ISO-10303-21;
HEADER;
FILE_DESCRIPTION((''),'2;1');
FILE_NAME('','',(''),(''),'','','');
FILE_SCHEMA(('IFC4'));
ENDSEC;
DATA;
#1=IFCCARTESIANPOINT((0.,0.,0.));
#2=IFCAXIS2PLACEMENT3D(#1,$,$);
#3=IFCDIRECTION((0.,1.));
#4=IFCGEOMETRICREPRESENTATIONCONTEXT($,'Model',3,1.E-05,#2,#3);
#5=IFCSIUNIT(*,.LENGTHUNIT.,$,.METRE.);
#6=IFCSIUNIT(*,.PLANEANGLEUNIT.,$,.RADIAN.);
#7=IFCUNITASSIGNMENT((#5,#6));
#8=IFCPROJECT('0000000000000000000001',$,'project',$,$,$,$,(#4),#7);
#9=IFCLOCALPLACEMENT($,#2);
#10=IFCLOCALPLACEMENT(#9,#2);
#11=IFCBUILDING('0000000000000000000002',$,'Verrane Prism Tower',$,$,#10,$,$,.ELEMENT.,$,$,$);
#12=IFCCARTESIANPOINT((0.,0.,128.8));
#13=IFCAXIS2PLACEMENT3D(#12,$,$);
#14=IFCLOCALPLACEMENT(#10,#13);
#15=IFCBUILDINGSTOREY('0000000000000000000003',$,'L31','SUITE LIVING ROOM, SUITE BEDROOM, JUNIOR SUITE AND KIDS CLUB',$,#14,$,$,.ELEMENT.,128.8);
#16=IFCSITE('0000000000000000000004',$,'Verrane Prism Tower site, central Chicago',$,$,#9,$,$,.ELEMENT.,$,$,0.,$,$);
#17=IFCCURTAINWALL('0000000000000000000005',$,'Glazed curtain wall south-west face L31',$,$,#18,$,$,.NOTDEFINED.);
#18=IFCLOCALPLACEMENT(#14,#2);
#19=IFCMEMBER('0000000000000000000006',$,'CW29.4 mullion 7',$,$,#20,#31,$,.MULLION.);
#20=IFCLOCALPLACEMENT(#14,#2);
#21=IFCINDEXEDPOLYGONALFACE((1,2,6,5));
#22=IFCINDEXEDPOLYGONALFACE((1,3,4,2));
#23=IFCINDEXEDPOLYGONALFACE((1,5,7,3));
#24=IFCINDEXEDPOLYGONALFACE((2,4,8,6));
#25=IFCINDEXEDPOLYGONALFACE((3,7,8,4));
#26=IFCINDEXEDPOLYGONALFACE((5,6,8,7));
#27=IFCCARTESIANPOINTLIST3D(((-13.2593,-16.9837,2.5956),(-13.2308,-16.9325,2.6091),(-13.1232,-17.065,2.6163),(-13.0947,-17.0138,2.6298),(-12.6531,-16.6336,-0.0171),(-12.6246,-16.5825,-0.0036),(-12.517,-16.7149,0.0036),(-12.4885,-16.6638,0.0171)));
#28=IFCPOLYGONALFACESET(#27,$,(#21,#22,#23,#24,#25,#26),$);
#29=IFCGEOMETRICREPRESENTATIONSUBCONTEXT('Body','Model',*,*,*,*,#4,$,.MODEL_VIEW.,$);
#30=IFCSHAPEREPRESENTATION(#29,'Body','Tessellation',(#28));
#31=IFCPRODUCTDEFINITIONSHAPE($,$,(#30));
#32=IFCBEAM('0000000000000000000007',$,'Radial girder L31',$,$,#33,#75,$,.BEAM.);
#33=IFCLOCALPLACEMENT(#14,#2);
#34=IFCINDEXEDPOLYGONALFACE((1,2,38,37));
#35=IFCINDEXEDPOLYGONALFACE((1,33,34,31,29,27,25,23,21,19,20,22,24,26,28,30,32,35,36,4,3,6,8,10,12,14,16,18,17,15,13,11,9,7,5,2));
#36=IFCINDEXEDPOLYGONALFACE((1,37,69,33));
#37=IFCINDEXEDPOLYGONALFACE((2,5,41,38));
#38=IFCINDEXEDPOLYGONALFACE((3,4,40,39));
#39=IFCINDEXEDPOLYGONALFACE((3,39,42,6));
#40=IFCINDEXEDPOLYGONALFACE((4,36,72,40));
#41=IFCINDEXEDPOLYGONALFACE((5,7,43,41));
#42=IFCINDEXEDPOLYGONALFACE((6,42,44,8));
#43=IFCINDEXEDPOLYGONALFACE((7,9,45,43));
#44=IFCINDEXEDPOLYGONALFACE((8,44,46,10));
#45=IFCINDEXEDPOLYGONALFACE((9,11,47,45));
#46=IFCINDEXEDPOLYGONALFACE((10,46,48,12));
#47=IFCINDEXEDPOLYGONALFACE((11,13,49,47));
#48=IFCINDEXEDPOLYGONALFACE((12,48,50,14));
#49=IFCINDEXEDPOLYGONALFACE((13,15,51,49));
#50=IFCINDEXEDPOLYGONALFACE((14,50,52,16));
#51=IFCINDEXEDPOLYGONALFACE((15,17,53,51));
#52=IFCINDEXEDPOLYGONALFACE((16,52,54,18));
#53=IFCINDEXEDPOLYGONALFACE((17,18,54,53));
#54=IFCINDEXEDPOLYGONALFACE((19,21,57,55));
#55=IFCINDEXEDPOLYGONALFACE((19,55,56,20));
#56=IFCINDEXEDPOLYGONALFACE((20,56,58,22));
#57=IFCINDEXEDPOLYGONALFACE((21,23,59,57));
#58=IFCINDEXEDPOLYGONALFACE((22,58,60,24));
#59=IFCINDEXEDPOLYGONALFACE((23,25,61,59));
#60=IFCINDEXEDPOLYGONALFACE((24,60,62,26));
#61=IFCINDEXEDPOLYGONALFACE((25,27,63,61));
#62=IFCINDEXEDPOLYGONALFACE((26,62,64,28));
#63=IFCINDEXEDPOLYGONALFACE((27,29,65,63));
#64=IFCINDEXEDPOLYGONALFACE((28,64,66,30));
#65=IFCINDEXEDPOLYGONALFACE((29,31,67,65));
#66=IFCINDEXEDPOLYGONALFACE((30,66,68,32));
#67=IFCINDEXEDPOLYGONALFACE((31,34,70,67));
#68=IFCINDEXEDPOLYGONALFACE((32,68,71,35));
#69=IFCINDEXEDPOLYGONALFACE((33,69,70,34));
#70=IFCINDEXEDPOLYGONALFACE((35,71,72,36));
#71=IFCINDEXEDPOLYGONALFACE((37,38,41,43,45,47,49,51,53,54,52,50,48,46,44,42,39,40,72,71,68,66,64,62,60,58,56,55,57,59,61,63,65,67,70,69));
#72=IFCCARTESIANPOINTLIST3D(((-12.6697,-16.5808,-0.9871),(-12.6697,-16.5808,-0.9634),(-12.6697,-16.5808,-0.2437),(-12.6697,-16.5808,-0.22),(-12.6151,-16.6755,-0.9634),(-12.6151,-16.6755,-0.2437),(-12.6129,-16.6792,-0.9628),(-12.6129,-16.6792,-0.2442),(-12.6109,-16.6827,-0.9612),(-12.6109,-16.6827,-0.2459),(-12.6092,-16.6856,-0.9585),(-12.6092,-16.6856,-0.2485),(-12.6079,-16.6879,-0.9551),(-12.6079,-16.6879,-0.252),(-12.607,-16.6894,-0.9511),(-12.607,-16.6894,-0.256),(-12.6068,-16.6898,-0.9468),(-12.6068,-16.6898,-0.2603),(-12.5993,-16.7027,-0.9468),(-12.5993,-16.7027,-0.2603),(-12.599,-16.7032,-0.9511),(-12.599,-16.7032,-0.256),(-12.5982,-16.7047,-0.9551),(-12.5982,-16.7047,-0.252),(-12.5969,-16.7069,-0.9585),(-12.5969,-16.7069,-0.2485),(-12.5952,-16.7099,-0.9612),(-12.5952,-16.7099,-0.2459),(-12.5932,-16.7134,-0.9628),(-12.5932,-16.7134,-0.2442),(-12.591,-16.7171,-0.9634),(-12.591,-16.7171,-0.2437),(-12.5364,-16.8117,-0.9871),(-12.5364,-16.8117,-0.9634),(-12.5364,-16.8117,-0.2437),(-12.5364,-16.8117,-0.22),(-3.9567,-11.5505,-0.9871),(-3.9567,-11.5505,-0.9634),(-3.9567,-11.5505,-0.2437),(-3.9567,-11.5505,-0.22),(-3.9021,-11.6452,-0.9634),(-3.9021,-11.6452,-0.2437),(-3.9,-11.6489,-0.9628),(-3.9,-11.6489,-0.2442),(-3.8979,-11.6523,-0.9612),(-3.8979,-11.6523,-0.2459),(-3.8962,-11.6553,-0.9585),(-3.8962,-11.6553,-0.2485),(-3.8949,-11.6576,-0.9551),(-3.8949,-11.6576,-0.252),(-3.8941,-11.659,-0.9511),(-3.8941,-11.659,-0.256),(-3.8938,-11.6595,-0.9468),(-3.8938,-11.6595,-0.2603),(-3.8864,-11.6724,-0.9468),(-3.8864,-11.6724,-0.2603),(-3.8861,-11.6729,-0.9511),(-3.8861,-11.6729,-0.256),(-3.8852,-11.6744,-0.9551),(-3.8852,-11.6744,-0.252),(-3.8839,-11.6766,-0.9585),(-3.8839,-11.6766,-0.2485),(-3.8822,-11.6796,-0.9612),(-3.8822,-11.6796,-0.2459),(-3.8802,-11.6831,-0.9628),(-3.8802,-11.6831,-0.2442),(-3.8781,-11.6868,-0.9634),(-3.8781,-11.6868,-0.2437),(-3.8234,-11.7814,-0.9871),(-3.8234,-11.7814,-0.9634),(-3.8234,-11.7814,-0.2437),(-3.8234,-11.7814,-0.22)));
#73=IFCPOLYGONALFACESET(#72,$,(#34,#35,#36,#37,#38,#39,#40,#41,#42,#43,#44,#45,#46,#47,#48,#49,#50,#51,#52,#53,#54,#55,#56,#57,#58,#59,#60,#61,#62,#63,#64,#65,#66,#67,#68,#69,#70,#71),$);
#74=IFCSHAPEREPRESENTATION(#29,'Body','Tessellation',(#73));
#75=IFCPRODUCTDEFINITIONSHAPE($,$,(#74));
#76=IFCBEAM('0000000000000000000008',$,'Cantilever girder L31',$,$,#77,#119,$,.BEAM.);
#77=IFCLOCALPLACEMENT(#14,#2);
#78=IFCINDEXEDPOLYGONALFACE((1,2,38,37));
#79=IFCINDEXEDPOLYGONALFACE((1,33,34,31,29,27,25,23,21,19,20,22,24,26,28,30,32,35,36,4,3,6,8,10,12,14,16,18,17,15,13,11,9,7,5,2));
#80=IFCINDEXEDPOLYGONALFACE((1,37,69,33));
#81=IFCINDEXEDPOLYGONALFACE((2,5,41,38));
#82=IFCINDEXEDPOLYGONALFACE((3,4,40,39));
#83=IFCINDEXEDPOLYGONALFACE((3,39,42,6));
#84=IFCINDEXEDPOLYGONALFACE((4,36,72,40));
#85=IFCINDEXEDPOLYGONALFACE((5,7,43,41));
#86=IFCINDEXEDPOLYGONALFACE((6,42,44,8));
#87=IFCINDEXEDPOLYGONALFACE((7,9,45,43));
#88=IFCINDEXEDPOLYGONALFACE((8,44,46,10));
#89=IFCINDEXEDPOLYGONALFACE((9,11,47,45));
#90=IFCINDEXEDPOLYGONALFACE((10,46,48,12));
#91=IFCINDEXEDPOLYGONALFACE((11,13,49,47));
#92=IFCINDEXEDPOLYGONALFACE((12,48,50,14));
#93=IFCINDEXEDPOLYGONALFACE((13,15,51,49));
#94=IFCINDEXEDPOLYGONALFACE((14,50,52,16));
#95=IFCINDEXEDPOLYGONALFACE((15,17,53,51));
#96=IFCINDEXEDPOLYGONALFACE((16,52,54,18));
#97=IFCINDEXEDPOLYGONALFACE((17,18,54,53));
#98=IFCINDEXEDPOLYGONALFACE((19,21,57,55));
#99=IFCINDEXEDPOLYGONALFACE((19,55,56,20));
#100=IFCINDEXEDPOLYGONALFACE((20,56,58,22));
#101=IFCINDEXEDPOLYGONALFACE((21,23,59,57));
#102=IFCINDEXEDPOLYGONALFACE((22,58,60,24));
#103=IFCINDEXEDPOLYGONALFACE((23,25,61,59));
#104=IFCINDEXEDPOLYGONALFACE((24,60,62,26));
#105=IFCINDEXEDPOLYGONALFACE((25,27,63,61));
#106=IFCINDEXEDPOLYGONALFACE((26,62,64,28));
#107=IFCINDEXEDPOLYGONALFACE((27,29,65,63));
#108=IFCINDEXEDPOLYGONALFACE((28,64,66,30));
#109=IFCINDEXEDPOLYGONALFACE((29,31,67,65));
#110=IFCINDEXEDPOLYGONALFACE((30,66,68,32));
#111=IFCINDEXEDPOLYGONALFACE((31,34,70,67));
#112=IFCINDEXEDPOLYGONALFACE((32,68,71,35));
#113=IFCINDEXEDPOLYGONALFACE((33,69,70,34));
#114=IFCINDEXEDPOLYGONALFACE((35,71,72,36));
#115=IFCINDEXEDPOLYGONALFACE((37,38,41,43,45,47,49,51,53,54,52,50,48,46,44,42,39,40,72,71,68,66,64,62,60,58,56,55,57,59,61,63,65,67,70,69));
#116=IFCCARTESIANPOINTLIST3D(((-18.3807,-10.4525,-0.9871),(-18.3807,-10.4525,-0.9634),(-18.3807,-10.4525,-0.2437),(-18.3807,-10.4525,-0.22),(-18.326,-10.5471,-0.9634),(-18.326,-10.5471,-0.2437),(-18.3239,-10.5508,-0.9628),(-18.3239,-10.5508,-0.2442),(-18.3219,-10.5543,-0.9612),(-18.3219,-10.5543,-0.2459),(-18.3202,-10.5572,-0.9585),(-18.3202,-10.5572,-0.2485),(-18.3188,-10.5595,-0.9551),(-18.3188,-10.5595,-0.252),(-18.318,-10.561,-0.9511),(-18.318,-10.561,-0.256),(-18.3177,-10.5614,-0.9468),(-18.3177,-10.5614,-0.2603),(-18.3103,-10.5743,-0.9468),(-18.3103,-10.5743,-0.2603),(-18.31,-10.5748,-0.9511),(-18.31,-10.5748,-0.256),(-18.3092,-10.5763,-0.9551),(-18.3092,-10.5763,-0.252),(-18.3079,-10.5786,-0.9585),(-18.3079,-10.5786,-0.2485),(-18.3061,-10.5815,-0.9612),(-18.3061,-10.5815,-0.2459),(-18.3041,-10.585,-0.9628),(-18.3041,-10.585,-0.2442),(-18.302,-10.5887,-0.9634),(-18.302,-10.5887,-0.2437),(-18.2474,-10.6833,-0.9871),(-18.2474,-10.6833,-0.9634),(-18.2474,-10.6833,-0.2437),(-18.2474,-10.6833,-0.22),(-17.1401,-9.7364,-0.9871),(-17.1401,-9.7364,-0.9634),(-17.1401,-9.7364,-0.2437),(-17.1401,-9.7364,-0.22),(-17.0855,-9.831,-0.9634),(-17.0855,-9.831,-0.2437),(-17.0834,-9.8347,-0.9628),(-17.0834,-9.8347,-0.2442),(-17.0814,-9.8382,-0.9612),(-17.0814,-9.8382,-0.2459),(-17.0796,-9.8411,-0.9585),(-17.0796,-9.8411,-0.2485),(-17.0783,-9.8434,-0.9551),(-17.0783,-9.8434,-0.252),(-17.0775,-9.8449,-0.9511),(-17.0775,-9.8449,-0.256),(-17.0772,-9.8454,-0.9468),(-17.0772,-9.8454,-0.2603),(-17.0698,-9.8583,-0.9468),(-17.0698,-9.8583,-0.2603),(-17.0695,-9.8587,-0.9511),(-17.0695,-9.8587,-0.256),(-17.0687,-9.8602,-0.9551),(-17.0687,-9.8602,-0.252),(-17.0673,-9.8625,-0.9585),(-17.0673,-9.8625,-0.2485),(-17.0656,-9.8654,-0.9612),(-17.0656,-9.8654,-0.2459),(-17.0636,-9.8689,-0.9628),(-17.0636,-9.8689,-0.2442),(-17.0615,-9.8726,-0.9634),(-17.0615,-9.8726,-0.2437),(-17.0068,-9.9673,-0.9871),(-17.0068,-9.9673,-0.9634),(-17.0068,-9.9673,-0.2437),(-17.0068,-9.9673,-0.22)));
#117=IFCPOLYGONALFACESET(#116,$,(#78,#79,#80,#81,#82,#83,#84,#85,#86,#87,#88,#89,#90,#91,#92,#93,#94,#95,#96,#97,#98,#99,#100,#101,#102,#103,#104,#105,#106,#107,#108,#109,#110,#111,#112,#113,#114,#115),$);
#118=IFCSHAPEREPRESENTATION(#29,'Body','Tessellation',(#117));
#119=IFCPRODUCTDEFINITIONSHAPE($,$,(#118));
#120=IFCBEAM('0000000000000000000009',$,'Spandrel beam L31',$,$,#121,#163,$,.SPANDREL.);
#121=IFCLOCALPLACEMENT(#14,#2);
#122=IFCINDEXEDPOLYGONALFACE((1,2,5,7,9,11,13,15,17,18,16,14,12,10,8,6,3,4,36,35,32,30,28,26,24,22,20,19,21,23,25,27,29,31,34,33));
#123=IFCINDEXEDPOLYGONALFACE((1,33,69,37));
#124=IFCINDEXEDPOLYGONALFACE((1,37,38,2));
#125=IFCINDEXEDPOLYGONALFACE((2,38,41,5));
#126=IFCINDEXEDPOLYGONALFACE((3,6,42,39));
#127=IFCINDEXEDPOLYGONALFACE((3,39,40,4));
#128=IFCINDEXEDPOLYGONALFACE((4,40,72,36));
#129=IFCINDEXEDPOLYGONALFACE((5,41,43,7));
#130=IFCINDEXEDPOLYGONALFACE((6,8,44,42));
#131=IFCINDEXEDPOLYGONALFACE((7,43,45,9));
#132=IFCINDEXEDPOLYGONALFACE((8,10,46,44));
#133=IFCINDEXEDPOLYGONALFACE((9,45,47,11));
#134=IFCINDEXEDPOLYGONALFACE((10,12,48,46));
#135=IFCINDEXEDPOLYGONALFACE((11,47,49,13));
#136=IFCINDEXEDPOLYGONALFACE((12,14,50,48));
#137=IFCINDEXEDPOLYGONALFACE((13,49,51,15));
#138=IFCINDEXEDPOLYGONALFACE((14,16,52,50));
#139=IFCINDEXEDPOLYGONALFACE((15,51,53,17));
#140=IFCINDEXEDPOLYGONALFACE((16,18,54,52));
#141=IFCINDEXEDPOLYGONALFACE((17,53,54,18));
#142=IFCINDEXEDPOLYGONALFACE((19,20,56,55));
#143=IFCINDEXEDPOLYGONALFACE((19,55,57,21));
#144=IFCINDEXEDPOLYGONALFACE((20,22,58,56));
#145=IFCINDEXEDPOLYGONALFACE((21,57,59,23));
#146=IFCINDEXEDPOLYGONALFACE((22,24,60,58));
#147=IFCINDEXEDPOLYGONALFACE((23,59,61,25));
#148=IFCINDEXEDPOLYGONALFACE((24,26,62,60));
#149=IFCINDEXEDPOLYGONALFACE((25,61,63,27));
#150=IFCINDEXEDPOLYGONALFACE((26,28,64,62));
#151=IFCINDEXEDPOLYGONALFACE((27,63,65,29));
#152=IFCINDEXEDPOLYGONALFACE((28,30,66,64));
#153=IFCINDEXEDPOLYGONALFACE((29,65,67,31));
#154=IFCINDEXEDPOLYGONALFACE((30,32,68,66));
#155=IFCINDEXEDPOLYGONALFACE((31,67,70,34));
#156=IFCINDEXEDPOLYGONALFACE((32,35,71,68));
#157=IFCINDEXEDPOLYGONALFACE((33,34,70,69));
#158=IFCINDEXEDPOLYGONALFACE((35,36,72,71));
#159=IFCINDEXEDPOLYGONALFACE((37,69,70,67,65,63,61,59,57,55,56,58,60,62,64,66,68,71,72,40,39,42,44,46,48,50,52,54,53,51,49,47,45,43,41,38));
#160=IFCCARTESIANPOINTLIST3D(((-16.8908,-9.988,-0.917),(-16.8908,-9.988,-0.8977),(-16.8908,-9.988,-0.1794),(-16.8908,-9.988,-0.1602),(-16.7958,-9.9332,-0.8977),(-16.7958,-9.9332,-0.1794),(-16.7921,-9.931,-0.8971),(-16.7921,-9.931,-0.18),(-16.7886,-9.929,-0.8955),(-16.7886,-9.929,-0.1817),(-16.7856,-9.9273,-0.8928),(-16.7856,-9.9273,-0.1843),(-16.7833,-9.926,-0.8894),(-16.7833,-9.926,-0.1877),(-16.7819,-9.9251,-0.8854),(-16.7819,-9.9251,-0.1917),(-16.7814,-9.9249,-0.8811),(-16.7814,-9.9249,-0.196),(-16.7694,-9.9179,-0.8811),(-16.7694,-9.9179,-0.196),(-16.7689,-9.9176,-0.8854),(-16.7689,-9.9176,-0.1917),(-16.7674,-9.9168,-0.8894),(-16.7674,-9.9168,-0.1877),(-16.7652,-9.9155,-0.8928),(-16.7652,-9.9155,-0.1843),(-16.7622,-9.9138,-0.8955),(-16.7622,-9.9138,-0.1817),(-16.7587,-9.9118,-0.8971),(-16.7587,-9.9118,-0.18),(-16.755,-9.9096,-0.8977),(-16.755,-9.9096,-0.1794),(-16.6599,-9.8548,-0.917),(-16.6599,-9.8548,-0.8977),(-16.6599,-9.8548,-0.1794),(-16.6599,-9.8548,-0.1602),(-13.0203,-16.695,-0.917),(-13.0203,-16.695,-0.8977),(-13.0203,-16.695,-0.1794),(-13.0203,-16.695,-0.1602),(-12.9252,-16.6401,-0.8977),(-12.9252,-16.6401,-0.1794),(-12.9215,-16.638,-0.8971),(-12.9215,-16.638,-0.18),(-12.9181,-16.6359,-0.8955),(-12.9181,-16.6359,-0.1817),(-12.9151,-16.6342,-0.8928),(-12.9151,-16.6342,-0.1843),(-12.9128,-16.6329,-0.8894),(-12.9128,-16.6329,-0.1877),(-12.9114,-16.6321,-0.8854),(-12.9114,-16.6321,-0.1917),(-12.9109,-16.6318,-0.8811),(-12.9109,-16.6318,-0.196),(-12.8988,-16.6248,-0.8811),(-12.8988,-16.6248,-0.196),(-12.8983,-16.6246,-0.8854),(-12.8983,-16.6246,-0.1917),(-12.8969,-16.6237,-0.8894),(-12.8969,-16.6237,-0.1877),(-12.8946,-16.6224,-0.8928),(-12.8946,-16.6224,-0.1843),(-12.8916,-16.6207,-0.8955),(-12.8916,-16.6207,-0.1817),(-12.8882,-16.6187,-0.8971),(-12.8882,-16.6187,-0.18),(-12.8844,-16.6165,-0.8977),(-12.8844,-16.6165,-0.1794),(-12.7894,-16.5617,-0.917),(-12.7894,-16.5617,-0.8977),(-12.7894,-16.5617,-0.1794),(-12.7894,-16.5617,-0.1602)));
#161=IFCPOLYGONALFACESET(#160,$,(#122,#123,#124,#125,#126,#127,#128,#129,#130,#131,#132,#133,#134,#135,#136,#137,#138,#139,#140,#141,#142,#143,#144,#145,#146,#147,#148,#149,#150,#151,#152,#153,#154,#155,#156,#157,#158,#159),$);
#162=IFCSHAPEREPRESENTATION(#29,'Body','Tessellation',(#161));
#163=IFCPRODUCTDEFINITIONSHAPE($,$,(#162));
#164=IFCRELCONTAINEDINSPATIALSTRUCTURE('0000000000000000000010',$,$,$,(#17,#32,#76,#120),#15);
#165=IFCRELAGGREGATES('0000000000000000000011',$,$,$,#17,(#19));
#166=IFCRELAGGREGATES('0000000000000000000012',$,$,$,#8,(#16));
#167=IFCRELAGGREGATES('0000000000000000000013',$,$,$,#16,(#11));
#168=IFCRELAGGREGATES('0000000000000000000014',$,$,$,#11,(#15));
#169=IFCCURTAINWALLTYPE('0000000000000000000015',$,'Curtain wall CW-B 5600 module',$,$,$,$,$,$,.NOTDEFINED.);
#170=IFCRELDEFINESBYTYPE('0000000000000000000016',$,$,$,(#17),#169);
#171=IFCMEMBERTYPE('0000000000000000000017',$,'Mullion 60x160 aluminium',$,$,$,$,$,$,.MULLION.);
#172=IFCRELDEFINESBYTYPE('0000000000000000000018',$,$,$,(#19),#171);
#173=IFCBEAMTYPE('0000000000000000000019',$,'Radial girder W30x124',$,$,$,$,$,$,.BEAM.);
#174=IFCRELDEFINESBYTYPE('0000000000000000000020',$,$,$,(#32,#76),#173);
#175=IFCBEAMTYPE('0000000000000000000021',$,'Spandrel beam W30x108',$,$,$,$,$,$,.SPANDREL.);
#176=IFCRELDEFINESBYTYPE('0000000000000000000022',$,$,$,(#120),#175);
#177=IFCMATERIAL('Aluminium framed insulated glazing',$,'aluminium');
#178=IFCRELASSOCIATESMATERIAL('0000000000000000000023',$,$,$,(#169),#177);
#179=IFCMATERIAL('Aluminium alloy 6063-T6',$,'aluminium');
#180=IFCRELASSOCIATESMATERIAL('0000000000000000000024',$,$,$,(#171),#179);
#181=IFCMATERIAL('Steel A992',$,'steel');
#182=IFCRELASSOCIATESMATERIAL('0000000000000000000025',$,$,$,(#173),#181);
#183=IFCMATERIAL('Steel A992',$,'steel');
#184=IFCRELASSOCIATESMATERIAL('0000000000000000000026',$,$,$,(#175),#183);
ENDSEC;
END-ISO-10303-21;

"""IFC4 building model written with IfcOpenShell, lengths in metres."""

from ifc_helpers import new_model, si_unit, direction, frame, origin, origin_2d, place, context, subcontext, project, spatial, rectangle, i_section, extrude, material, material_profile, profile_set, type_object, element, aggregate, save


model = new_model("IFC4")

# Units and contexts
model_context = context("Model", 3, precision=1e-05, world=origin(), true_north=direction((0.0, 1.0)))
body_context = subcontext(model_context, "Body", "Model", "MODEL_VIEW")
ifc_project = project(units=[si_unit("LENGTHUNIT", "METRE"), si_unit("PLANEANGLEUNIT", "RADIAN")], contexts=[model_context])

# Site, building, storey
site_placement = place(None, origin())
site = spatial("IfcSite", under=ifc_project, at=site_placement, Name="Verrane Prism Tower site, central Chicago", CompositionType="ELEMENT", RefElevation=0.0)
building_placement = place(site_placement, origin())
building = spatial("IfcBuilding", under=site, at=building_placement, Name="Verrane Prism Tower", CompositionType="ELEMENT")
storey_placement = place(building_placement, frame((0.0, 0.0, 128.8)))
storey = spatial("IfcBuildingStorey", under=building, at=storey_placement, Name="L31", Description="SUITE LIVING ROOM, SUITE BEDROOM, JUNIOR SUITE AND KIDS CLUB", CompositionType="ELEMENT", Elevation=128.8)

# Curtain wall, member
ifc_material_1 = material(Name="Aluminium framed insulated glazing", Category="aluminium")
curtain_wall_type = type_object("IfcCurtainWallType", Name="Curtain wall CW-B 5600 module", PredefinedType="NOTDEFINED", material=ifc_material_1)
curtain_wall_placement = place(storey_placement, origin())
curtain_wall = element("IfcCurtainWall", 1, at=curtain_wall_placement, inside=storey, type_object=curtain_wall_type, Name="Glazed curtain wall south-west face L31", PredefinedType="NOTDEFINED")
ifc_material_2 = material(Name="Aluminium alloy 6063-T6", Category="aluminium")
ifc_material_profile_1 = material_profile(ifc_material_2, rectangle(XDim=0.1599, YDim=0.0601, at=origin_2d()), Name="Mullion 60x160 aluminium")
ifc_profile_set_1 = profile_set([ifc_material_profile_1], Name="Aluminium alloy 6063-T6")
member_type_1 = type_object("IfcMemberType", Name="Mullion 60x160 aluminium", PredefinedType="MULLION", material=ifc_profile_set_1)
member_1_placement = place(storey_placement, frame((-12.5708, -16.6487, 0.0), z_axis=(-0.224108, -0.129429, 0.965931), x_axis=(0.851341, -0.508404, 0.129399)))
member_1 = element("IfcMember", 2, at=member_1_placement, type_object=member_type_1, Name="CW29.4 mullion 7", PredefinedType="MULLION", context=body_context, shape_type="SweptSolid", body=[
    extrude(rectangle(XDim=0.1599, YDim=0.0601, at=origin_2d()), origin(), (0.0, 0.0, 1.0), 2.7048),
])

# Beams
ifc_material_3 = material(Name="Steel A992", Category="steel")
ifc_material_profile_2 = material_profile(ifc_material_3, i_section(OverallWidth=0.2666, OverallDepth=0.7671, WebThickness=0.0149, FlangeThickness=0.0237, FilletRadius=0.0166, at=origin_2d()), Name="W30x124")
ifc_profile_set_2 = profile_set([ifc_material_profile_2], Name="Steel A992")
beam_type_1 = type_object("IfcBeamType", Name="Radial girder W30x124", PredefinedType="BEAM", material=ifc_profile_set_2)
beam_1_placement = place(storey_placement, frame((-12.603, -16.6963, -0.6035), z_axis=(0.86603, 0.499991, 0.0), x_axis=(-0.499991, 0.86603, 0.0)))
element("IfcBeam", 3, at=beam_1_placement, inside=storey, type_object=beam_type_1, Name="Radial girder L31", PredefinedType="BEAM", context=body_context, shape_type="SweptSolid", body=[
    extrude(i_section(OverallWidth=0.2666, OverallDepth=0.7671, WebThickness=0.0149, FlangeThickness=0.0237, FilletRadius=0.0166, at=origin_2d()), origin(), (0.0, 0.0, 1.0), 10.0608),
])
beam_2_placement = place(storey_placement, frame((-17.0735, -9.8518, -0.6035), z_axis=(-0.866064, -0.499934, 0.0), x_axis=(0.499934, -0.866064, 0.0)))
element("IfcBeam", 4, at=beam_2_placement, inside=storey, type_object=beam_type_1, Name="Cantilever girder L31", PredefinedType="BEAM", context=body_context, shape_type="SweptSolid", body=[
    extrude(i_section(OverallWidth=0.2666, OverallDepth=0.7671, WebThickness=0.0149, FlangeThickness=0.0237, FilletRadius=0.0166, at=origin_2d()), origin(), (0.0, 0.0, 1.0), 1.4324),
])
ifc_material_4 = material(Name="Steel A992", Category="steel")
ifc_material_profile_3 = material_profile(ifc_material_4, i_section(OverallWidth=0.2666, OverallDepth=0.7568, WebThickness=0.0139, FlangeThickness=0.0193, FilletRadius=0.0166, at=origin_2d()), Name="W30x108")
ifc_profile_set_3 = profile_set([ifc_material_profile_3], Name="Steel A992")
beam_type_2 = type_object("IfcBeamType", Name="Spandrel beam W30x108", PredefinedType="SPANDREL", material=ifc_profile_set_3)
beam_3_placement = place(storey_placement, frame((-16.7754, -9.9214, -0.5386), z_axis=(0.499835, -0.86612, 0.0), x_axis=(0.86612, 0.499835, 0.0)))
element("IfcBeam", 5, at=beam_3_placement, inside=storey, type_object=beam_type_2, Name="Spandrel beam L31", PredefinedType="SPANDREL", context=body_context, shape_type="SweptSolid", body=[
    extrude(i_section(OverallWidth=0.2666, OverallDepth=0.7568, WebThickness=0.0139, FlangeThickness=0.0193, FilletRadius=0.0166, at=origin_2d()), origin(), (0.0, 0.0, 1.0), 7.7437),
])

aggregate(curtain_wall, [member_1])

save(model, "model.ifc")
